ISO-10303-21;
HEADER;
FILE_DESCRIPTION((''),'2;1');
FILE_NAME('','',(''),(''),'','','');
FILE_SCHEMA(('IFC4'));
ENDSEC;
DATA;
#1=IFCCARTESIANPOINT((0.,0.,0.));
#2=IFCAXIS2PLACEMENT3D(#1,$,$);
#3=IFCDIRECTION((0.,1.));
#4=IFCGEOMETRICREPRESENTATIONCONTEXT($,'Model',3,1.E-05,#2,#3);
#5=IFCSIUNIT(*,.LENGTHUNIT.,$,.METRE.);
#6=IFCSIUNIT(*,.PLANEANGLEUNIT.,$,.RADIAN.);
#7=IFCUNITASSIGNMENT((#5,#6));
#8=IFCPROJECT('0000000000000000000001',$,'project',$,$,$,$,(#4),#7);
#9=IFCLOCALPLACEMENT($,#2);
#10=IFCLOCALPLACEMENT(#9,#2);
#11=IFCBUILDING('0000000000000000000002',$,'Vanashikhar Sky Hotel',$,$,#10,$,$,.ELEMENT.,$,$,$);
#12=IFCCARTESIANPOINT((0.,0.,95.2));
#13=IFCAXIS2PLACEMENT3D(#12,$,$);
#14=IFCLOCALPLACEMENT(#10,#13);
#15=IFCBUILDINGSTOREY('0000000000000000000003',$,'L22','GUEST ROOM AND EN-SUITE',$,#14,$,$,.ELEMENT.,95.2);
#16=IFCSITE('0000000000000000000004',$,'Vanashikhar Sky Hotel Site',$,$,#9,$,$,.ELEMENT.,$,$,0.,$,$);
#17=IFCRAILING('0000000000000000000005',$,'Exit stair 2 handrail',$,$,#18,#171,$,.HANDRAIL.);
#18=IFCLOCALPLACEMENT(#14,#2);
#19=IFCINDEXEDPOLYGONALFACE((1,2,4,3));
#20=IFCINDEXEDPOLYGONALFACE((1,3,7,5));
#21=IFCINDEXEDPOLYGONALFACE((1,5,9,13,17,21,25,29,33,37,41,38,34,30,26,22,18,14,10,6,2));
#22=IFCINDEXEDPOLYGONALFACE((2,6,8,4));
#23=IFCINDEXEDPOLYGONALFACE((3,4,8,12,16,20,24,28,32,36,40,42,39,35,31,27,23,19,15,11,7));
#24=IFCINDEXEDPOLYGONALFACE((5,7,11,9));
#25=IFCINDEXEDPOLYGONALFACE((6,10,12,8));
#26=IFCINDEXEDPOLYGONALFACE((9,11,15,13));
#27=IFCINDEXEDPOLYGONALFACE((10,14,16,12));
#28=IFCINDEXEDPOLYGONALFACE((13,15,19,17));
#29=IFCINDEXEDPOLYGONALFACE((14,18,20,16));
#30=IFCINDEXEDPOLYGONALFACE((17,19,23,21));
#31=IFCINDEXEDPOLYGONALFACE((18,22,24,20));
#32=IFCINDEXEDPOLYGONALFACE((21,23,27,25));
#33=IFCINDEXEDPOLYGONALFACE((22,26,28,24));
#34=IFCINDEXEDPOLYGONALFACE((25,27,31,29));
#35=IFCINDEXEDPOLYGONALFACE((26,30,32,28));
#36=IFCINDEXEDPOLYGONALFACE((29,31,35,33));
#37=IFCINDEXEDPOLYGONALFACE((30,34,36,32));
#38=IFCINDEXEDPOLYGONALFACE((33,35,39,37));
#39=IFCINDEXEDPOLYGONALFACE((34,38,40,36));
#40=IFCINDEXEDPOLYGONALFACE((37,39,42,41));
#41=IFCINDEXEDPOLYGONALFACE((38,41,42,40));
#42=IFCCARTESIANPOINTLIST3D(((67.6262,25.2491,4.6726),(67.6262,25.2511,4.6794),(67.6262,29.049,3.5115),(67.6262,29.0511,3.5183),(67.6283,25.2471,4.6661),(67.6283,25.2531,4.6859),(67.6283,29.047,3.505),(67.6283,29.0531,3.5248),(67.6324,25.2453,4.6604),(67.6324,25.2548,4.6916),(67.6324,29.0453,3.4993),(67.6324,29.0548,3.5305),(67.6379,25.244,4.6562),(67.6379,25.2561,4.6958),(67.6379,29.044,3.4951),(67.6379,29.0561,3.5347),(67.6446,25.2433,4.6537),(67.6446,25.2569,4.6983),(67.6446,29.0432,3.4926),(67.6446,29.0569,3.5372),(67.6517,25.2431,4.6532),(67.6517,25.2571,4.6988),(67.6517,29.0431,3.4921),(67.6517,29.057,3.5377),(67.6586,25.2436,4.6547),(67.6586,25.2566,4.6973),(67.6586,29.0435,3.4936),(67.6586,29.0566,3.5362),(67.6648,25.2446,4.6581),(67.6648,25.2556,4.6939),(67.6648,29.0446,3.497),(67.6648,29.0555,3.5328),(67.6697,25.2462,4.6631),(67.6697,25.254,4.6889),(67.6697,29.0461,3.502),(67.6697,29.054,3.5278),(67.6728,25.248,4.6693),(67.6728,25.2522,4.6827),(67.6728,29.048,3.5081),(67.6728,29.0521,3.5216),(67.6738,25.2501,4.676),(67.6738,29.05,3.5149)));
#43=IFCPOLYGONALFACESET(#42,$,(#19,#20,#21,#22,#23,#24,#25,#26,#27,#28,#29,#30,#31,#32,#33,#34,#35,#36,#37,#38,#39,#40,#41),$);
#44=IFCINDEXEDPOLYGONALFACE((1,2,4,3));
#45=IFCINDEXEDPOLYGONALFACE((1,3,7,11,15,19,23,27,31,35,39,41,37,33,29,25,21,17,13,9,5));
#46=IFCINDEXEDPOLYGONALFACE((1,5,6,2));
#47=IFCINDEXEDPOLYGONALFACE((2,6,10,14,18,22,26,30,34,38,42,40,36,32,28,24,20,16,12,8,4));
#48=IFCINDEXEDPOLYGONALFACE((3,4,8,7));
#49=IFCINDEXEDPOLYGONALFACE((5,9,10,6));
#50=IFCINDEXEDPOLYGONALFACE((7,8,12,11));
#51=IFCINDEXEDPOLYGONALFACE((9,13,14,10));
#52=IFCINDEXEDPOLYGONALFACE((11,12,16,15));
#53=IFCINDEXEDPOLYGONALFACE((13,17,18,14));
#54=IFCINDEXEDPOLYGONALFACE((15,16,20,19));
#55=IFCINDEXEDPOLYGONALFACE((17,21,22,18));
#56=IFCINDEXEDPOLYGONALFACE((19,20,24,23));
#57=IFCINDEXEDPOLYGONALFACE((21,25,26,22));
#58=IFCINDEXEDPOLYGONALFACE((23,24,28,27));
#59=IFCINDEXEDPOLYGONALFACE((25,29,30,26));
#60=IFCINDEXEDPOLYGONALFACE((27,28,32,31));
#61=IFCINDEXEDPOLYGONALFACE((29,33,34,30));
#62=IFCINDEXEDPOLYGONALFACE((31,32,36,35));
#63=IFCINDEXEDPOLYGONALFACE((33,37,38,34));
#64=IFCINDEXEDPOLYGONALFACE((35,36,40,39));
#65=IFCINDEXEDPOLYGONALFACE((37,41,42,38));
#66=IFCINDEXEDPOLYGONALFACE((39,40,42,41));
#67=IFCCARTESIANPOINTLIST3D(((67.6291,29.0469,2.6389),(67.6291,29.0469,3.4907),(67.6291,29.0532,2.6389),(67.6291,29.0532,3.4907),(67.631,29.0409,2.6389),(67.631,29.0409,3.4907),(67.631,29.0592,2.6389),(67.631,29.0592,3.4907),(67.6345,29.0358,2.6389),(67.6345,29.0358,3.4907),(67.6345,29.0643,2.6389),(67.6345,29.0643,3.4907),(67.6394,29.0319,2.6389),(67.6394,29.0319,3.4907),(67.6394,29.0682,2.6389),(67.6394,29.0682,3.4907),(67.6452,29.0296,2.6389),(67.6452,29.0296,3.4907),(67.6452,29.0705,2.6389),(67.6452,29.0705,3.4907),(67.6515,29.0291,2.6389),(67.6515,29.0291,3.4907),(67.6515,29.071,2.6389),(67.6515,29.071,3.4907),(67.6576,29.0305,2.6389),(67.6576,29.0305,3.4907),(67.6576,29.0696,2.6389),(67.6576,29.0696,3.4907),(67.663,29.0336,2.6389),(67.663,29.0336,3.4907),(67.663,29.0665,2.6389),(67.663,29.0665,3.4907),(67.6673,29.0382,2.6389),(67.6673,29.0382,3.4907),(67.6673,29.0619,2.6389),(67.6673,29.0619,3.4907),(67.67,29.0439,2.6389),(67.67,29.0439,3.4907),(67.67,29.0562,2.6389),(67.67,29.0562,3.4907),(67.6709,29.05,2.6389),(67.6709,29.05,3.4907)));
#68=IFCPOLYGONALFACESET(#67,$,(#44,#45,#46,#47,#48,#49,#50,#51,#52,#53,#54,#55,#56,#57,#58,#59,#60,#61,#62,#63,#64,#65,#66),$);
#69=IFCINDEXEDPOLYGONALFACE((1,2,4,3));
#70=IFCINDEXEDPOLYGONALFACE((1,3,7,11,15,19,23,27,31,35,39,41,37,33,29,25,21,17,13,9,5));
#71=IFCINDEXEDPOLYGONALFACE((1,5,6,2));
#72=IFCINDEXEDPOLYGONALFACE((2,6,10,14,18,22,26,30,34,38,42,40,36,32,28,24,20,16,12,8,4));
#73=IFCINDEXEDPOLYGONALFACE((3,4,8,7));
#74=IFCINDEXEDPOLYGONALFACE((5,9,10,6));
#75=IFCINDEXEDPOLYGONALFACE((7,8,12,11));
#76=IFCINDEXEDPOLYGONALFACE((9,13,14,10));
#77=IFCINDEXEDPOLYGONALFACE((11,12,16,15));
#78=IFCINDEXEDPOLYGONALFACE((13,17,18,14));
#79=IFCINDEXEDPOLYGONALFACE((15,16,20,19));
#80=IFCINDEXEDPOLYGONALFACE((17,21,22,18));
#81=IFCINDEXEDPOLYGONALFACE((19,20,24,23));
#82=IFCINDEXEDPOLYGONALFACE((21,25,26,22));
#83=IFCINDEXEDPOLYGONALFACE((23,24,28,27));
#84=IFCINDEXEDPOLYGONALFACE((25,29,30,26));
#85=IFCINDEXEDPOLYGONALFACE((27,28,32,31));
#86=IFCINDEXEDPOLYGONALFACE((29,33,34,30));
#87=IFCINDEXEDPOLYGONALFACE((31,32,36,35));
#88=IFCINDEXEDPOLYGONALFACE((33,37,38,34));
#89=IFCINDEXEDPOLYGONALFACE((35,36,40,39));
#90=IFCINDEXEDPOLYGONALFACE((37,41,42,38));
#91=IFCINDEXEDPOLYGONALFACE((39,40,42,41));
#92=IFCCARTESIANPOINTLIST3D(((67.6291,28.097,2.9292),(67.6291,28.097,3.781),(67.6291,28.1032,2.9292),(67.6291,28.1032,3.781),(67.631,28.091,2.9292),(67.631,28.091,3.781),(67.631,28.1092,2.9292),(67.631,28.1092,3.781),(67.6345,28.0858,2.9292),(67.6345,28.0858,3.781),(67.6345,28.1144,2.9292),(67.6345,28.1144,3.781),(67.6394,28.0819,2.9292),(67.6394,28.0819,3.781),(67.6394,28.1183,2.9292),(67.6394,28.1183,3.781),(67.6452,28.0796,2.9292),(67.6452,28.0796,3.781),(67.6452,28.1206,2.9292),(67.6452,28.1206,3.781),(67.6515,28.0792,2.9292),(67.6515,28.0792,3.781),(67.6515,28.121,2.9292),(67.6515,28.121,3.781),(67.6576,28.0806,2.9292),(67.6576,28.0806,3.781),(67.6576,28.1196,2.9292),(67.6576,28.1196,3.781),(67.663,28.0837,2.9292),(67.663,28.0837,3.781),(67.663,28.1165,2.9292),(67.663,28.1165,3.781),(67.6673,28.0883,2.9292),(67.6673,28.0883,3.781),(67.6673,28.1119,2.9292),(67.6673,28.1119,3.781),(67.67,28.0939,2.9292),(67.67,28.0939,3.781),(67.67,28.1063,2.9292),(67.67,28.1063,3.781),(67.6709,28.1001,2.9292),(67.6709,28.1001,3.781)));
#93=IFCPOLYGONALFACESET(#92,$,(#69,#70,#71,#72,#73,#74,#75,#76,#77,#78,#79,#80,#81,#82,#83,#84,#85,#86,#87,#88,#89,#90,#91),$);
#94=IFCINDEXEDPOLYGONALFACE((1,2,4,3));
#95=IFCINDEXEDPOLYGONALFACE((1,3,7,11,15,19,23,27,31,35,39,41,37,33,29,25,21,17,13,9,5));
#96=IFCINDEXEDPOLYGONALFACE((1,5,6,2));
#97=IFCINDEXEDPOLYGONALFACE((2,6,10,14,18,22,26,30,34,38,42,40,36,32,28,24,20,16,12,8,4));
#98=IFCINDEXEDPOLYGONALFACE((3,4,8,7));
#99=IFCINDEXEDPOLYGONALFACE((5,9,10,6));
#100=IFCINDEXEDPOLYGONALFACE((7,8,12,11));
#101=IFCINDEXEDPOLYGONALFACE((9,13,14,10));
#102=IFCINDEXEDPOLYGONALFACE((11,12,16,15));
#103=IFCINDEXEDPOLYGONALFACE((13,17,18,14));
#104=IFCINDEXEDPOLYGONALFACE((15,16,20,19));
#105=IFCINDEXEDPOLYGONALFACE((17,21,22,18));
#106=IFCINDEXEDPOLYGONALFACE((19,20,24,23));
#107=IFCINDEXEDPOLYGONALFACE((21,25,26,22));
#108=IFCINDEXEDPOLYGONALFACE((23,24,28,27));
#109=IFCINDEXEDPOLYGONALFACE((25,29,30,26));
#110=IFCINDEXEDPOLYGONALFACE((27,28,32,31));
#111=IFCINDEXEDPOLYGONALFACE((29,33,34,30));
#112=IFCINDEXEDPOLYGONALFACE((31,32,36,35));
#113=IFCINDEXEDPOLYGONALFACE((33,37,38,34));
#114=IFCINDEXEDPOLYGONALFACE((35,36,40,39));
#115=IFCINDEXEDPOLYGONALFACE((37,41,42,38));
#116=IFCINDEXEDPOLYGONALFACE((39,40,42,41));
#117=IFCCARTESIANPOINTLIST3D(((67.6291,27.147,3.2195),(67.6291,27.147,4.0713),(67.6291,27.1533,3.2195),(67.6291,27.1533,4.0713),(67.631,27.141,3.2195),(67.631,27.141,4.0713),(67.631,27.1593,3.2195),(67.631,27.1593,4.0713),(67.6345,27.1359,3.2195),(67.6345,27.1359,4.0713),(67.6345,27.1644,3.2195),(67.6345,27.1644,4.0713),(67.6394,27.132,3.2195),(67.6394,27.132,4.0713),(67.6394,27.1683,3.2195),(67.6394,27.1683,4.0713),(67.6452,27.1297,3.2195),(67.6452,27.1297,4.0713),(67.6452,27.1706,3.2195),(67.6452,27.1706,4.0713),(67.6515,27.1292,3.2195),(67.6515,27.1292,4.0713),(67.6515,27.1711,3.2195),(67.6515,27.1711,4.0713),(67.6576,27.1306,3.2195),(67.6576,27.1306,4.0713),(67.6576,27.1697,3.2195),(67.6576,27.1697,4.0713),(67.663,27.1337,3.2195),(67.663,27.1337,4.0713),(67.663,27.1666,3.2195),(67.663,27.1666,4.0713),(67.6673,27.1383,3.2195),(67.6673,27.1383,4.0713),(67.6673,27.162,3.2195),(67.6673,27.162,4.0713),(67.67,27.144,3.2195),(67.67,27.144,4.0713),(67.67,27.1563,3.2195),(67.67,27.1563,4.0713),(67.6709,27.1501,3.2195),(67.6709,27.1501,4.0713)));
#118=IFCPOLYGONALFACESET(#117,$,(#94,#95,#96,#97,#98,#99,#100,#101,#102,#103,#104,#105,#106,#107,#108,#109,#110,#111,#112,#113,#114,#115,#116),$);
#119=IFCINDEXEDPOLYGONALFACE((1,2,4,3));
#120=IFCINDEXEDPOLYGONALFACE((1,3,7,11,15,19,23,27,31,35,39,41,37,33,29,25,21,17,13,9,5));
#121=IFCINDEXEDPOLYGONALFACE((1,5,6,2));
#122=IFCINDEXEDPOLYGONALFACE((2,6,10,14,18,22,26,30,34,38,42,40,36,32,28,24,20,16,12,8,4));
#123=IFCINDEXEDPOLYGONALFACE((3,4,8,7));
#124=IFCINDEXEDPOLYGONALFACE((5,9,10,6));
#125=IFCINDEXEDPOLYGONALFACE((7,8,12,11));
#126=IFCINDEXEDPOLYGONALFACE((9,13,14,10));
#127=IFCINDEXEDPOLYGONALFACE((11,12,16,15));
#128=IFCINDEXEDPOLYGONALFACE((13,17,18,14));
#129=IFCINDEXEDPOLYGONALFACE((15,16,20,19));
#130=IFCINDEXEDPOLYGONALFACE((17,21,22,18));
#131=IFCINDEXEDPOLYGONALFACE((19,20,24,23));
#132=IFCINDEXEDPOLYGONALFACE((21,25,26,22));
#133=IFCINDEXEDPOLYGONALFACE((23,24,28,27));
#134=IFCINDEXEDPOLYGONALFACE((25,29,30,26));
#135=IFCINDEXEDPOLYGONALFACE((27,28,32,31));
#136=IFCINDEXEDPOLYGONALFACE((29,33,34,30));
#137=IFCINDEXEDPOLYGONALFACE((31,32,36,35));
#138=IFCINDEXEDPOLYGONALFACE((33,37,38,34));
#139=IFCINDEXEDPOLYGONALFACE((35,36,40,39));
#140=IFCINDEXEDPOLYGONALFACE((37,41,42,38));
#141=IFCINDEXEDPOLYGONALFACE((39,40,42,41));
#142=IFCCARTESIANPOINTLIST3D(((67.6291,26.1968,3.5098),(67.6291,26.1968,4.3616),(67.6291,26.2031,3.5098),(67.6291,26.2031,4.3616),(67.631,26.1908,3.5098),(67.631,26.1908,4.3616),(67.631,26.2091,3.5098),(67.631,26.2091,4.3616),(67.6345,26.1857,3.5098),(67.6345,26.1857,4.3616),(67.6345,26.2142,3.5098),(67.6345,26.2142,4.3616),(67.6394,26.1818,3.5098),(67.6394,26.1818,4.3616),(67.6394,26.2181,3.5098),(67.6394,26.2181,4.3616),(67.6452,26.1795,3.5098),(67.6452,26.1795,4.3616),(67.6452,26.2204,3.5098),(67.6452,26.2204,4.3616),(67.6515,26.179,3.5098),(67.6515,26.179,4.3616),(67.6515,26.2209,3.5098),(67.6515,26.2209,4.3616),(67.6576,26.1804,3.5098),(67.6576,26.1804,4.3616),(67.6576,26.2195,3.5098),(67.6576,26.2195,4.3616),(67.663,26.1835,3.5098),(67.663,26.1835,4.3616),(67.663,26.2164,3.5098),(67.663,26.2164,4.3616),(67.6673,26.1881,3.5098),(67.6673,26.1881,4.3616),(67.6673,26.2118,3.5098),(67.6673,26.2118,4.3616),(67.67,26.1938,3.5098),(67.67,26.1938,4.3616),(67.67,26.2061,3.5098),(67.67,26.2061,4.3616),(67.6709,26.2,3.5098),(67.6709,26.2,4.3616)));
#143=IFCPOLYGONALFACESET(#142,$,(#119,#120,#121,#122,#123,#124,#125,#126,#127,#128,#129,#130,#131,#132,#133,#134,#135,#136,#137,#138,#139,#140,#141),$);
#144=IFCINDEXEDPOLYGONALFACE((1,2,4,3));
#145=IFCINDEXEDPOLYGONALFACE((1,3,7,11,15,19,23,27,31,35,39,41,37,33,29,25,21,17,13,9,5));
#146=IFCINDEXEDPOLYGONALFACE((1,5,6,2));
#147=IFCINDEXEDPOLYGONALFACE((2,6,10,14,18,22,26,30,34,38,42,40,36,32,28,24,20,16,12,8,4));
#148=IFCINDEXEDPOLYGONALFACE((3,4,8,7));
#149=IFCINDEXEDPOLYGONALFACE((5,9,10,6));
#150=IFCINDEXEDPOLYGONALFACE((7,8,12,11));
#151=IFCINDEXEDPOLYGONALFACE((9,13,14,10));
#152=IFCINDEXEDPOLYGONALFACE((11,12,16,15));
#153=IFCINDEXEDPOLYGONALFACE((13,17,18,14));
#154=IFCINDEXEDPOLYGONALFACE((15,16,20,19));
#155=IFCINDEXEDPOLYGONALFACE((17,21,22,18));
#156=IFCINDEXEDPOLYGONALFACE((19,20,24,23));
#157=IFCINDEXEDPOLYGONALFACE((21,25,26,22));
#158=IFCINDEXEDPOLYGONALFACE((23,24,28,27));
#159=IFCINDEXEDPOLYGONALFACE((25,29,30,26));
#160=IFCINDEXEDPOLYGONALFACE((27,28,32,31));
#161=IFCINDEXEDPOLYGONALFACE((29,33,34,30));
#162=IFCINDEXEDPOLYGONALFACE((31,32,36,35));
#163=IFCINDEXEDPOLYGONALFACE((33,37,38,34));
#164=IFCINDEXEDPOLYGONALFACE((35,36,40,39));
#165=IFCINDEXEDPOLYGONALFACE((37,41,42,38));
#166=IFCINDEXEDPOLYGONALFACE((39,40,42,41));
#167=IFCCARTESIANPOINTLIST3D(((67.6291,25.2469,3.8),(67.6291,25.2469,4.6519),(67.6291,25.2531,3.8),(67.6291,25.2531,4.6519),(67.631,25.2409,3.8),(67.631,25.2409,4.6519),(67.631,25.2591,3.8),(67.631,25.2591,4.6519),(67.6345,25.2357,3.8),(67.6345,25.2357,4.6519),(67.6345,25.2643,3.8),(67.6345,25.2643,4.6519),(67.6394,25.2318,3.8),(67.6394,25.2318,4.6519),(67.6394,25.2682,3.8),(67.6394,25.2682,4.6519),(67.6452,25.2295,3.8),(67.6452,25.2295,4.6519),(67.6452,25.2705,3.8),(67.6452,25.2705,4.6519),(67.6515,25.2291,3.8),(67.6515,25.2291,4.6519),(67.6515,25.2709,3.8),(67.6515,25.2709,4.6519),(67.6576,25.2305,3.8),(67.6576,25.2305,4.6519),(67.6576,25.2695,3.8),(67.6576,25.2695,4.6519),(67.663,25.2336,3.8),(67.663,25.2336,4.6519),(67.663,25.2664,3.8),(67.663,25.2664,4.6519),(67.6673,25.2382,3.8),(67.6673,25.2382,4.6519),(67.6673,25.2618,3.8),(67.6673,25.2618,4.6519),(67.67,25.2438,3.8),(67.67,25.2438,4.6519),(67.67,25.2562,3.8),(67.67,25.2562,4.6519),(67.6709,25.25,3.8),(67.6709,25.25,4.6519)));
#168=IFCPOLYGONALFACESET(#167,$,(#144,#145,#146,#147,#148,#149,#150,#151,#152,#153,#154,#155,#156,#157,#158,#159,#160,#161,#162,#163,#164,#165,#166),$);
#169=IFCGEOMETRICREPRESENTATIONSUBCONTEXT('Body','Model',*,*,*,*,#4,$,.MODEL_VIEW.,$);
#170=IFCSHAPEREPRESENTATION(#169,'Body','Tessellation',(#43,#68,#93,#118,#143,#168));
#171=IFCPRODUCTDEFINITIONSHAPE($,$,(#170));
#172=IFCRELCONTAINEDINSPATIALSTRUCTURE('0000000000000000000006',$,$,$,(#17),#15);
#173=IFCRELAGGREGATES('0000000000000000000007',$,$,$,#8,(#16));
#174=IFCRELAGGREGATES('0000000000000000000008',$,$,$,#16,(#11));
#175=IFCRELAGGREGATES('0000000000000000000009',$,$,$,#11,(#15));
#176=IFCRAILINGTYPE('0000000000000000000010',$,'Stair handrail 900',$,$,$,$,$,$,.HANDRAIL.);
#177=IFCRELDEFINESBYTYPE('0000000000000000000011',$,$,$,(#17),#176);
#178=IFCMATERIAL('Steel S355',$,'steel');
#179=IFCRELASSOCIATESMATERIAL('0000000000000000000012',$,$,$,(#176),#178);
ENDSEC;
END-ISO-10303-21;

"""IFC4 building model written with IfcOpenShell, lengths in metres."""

from ifc_helpers import new_model, si_unit, direction, frame, origin, origin_2d, place, context, subcontext, project, spatial, circle, extrude, source, transform, mapped, material, type_object, element, save


model = new_model("IFC4")

# Units and contexts
model_context = context("Model", 3, precision=1e-05, world=origin(), true_north=direction((0.0, 1.0)))
body_context = subcontext(model_context, "Body", "Model", "MODEL_VIEW")
ifc_project = project(units=[si_unit("LENGTHUNIT", "METRE"), si_unit("PLANEANGLEUNIT", "RADIAN")], contexts=[model_context])

# Site, building, storey
site_placement = place(None, origin())
site = spatial("IfcSite", under=ifc_project, at=site_placement, Name="Vanashikhar Sky Hotel Site", CompositionType="ELEMENT", RefElevation=0.0)
building_placement = place(site_placement, origin())
building = spatial("IfcBuilding", under=site, at=building_placement, Name="Vanashikhar Sky Hotel", CompositionType="ELEMENT")
storey_placement = place(building_placement, frame((0.0, 0.0, 95.2)))
storey = spatial("IfcBuildingStorey", under=building, at=storey_placement, Name="L22", Description="GUEST ROOM AND EN-SUITE", CompositionType="ELEMENT", Elevation=95.2)

# Railing
ifc_material_1 = material(Name="Steel S355", Category="steel")
railing_type_1 = type_object("IfcRailingType", Name="Stair handrail 900", PredefinedType="HANDRAIL", material=ifc_material_1)
shared_shape_1 = source(origin(), body_context, "Body", "SweptSolid", [
    extrude(circle(Radius=0.0239, at=origin_2d()), frame((0.0, 0.0, 0.876), z_axis=(0.0, -0.956351, 0.29222), x_axis=(1.0, 0.0, 0.0)), (0.0, 0.0, 1.0), 3.9734),
    extrude(circle(Radius=0.021, at=origin_2d()), origin(), (0.0, 0.0, 1.0), 0.8518),
    extrude(circle(Radius=0.021, at=origin_2d()), frame((0.0, -0.95, 0.2903)), (0.0, 0.0, 1.0), 0.8518),
    extrude(circle(Radius=0.021, at=origin_2d()), frame((0.0, -1.8999, 0.5806)), (0.0, 0.0, 1.0), 0.8518),
    extrude(circle(Radius=0.021, at=origin_2d()), frame((0.0, -2.8501, 0.8708)), (0.0, 0.0, 1.0), 0.8518),
    extrude(circle(Radius=0.021, at=origin_2d()), frame((0.0, -3.8, 1.1611)), (0.0, 0.0, 1.0), 0.8518),
])
for number, where, name in (
    (1, (67.6499, 29.05, 2.6389), "Exit stair 2 handrail"),
):
    element("IfcRailing", number, at=place(storey_placement, frame(where)), inside=storey, type_object=railing_type_1, Name=name, PredefinedType="HANDRAIL", context=body_context, shape_type="MappedRepresentation", body=[
        mapped(shared_shape_1, transform((0.0, 0.0, 0.0), scale=1.0)),
    ])

save(model, "model.ifc")
